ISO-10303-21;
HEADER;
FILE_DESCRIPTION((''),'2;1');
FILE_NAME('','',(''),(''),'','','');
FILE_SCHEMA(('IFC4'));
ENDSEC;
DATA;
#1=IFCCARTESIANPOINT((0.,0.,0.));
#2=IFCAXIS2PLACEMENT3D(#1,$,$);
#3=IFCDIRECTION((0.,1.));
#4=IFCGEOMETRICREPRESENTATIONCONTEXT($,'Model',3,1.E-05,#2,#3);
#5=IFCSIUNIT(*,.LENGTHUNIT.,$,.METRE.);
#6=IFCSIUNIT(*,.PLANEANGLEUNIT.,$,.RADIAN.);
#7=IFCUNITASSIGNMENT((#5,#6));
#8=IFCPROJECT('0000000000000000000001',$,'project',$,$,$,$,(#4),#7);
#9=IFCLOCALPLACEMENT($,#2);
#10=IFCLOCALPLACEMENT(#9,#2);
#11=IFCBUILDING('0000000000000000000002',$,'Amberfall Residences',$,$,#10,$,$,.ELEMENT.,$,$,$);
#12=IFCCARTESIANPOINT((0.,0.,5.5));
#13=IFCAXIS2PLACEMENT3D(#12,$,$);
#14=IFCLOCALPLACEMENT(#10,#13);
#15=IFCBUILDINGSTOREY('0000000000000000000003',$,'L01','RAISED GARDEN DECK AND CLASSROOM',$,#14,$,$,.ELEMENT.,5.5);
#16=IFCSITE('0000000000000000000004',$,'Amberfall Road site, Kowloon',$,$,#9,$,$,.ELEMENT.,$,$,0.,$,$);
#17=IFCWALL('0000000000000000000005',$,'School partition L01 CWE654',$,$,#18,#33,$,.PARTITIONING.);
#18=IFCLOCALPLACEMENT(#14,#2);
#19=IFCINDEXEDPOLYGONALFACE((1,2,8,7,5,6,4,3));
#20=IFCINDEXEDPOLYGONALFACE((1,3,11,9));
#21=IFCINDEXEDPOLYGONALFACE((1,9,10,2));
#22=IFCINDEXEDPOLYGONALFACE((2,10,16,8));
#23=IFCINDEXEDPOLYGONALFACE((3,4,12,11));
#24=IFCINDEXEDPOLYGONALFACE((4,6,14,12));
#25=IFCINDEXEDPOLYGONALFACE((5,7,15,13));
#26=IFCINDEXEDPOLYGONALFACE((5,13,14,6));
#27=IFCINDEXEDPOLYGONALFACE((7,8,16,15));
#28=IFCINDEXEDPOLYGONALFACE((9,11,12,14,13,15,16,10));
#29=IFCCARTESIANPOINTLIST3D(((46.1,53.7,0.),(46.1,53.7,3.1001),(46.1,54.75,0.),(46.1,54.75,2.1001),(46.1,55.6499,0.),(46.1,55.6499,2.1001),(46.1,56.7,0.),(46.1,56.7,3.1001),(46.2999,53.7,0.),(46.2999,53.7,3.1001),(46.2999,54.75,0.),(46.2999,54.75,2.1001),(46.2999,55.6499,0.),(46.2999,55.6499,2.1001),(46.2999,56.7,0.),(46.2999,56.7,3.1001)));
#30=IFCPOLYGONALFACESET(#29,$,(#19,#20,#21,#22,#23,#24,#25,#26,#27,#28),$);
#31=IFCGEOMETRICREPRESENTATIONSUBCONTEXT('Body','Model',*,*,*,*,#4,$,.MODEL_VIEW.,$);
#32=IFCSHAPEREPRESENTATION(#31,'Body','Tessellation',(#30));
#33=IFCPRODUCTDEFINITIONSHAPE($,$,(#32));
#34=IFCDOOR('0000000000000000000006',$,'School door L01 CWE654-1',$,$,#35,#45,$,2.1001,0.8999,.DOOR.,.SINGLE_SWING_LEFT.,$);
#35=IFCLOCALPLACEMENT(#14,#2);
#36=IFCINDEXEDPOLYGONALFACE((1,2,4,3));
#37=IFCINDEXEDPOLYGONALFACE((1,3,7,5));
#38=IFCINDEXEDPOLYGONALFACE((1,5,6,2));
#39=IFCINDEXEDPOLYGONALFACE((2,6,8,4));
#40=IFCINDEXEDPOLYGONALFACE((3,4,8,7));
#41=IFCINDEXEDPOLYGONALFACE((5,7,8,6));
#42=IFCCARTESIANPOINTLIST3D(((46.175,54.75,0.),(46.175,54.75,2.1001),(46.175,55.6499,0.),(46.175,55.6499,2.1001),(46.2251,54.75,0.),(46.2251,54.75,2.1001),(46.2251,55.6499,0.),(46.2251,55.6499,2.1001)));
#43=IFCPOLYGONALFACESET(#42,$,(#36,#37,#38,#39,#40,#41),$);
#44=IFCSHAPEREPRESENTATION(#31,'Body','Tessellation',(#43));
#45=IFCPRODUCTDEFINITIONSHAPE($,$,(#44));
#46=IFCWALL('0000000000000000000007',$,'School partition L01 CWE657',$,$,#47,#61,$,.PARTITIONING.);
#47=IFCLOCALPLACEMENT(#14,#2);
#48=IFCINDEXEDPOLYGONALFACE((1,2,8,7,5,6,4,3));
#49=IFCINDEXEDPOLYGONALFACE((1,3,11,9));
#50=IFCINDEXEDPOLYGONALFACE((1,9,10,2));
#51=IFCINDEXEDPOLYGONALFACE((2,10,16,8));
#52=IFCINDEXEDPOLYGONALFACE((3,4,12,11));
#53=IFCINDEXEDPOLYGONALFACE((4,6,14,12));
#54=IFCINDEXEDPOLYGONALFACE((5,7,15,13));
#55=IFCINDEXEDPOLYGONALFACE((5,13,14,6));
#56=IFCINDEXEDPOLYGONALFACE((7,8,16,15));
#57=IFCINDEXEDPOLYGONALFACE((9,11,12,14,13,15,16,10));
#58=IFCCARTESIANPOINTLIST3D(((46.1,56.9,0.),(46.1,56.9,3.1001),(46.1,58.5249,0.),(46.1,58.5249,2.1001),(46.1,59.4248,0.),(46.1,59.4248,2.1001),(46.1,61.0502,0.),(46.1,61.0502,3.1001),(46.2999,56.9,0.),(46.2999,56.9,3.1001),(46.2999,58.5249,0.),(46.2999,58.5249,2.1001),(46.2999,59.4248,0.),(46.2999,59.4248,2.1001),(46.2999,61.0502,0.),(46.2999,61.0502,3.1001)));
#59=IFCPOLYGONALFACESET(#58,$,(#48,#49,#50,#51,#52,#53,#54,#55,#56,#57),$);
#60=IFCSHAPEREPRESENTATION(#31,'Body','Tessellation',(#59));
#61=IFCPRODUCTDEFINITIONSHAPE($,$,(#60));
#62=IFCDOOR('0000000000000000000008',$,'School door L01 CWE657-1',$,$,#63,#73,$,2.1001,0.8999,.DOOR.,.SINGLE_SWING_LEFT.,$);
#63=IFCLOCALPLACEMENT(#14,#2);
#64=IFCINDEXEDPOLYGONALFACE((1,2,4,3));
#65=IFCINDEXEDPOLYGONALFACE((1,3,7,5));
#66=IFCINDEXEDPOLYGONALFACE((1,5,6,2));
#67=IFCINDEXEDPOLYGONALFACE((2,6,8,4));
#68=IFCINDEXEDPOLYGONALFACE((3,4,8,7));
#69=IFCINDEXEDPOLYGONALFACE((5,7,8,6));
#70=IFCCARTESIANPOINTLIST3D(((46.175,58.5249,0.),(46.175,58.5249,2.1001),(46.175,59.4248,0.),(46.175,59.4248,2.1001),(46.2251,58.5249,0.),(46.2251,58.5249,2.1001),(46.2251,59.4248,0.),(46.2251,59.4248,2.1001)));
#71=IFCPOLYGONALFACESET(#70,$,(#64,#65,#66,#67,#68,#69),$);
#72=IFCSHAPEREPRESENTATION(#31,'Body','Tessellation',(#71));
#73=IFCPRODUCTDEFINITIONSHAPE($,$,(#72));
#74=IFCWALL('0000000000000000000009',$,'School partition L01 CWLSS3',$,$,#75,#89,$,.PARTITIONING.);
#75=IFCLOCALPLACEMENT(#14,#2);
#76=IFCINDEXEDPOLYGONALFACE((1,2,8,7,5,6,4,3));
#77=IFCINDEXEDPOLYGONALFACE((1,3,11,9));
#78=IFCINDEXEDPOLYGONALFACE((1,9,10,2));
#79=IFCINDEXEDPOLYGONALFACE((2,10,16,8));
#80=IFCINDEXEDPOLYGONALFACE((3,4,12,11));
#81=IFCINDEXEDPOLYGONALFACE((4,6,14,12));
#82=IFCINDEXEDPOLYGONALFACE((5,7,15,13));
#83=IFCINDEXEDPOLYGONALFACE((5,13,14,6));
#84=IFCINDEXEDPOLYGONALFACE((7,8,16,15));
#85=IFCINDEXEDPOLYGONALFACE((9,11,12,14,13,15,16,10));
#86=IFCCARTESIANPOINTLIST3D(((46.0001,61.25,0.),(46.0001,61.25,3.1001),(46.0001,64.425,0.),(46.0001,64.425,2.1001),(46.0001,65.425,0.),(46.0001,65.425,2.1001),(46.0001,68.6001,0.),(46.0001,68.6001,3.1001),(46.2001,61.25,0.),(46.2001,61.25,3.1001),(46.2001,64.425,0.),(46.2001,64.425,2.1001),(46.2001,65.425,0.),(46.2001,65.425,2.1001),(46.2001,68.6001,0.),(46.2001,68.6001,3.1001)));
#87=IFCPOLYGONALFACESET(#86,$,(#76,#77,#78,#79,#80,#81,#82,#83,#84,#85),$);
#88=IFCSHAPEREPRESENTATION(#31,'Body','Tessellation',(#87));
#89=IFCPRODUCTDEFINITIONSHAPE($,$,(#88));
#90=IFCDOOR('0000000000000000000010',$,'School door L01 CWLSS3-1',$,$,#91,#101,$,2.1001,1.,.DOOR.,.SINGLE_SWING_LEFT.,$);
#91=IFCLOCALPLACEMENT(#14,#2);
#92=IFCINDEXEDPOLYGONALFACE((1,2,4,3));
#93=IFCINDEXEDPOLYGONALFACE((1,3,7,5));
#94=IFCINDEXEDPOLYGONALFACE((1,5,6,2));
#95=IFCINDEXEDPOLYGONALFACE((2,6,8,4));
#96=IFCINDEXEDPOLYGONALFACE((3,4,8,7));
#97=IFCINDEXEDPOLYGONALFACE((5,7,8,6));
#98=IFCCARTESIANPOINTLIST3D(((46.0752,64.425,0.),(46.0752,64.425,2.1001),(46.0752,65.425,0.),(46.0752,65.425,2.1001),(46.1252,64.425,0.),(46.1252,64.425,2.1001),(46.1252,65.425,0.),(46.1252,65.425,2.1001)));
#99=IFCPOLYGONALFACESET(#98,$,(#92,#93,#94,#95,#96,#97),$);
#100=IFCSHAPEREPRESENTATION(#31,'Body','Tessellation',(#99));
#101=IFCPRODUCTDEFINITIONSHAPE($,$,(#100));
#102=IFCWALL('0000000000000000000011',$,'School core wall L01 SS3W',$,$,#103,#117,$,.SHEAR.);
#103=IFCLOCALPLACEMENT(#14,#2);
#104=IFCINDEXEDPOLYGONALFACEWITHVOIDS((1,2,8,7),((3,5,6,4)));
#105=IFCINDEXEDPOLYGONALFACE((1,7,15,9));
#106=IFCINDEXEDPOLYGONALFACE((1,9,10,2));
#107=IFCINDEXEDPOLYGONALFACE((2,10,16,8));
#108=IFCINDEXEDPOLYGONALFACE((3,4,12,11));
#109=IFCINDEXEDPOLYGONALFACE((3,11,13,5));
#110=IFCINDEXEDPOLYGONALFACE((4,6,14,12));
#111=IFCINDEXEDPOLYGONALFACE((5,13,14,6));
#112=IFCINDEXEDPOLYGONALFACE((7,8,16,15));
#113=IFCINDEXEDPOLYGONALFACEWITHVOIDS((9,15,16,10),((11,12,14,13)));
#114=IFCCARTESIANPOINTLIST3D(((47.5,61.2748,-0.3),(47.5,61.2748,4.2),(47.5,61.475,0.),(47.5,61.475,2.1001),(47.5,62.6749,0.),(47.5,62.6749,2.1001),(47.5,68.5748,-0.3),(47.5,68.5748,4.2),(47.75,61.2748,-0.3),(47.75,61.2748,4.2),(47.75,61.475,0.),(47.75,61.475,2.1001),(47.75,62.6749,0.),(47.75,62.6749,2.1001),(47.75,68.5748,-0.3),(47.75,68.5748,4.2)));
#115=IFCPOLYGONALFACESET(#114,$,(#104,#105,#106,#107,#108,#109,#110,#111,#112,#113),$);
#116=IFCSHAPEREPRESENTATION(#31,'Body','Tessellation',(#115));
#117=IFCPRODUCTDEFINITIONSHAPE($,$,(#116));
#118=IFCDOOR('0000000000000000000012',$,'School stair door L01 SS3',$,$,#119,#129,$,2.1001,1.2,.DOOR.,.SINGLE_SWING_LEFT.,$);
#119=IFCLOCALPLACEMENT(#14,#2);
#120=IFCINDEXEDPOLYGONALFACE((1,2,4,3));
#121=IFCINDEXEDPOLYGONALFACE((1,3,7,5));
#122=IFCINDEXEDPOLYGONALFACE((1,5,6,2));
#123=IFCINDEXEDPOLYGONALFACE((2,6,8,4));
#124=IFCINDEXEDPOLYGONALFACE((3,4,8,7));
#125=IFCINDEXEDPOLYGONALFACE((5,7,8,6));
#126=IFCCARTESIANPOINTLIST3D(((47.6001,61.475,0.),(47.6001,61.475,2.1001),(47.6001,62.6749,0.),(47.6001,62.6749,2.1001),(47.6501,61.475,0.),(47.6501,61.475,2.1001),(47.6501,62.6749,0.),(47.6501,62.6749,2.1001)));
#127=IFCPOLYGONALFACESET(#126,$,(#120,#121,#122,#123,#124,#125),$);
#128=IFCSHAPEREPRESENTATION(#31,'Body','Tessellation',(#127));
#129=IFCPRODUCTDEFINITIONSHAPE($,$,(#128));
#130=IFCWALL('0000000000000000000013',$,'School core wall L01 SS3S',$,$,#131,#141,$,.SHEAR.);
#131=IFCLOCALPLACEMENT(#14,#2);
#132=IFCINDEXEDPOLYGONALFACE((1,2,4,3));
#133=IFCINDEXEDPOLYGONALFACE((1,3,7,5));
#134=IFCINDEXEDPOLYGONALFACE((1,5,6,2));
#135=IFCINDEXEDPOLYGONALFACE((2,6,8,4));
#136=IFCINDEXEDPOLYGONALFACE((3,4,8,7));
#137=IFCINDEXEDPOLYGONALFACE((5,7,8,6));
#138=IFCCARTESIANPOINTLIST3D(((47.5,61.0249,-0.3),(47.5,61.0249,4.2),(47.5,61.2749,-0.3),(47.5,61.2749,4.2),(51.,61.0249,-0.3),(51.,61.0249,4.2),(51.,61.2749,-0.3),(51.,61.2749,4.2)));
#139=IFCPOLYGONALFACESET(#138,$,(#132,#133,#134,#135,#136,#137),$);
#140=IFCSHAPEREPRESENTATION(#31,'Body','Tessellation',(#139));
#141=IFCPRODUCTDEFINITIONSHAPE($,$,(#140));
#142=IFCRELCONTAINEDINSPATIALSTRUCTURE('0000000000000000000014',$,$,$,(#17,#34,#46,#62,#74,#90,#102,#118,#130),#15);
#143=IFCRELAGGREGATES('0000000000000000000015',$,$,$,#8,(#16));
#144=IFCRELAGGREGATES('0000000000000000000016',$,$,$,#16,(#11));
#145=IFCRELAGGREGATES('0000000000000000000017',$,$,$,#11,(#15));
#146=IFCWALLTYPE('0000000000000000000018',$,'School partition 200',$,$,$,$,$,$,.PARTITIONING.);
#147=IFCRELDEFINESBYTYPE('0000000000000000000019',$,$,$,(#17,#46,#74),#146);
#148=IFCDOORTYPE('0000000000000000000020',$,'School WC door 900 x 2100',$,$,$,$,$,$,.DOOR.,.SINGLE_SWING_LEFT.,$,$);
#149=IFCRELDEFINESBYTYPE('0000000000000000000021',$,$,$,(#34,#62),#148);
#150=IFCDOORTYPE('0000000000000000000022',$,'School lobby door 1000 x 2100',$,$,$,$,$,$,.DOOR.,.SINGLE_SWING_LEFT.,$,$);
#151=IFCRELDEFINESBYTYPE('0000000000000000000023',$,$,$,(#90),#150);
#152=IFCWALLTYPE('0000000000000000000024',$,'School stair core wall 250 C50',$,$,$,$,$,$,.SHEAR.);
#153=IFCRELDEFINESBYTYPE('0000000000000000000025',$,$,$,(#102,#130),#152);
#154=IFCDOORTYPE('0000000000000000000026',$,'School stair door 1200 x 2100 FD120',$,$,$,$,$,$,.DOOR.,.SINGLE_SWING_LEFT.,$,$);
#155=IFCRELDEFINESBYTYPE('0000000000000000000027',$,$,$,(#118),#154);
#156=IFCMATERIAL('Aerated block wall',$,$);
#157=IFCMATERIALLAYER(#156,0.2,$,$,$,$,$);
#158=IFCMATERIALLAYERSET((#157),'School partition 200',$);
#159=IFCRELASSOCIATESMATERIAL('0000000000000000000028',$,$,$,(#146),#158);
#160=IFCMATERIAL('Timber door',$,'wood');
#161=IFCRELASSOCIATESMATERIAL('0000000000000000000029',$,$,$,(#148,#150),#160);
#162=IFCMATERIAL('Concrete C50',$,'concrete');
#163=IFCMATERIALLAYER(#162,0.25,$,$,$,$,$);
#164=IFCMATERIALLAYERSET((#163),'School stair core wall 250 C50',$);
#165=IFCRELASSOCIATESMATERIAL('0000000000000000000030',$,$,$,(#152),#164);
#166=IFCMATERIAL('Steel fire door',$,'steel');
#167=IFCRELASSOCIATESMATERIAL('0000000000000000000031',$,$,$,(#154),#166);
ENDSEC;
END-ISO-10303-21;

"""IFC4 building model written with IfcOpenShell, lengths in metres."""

from ifc_helpers import new_model, si_unit, direction, frame, frame_2d, origin, place, context, subcontext, project, spatial, rectangle, extrude, material, layer, layer_set, type_object, element, fill, save


model = new_model("IFC4")

# Units and contexts
model_context = context("Model", 3, precision=1e-05, world=origin(), true_north=direction((0.0, 1.0)))
body_context = subcontext(model_context, "Body", "Model", "MODEL_VIEW")
ifc_project = project(units=[si_unit("LENGTHUNIT", "METRE"), si_unit("PLANEANGLEUNIT", "RADIAN")], contexts=[model_context])

# Site, building, storey
site_placement = place(None, origin())
site = spatial("IfcSite", under=ifc_project, at=site_placement, Name="Amberfall Road site, Kowloon", CompositionType="ELEMENT", RefElevation=0.0)
building_placement = place(site_placement, origin())
building = spatial("IfcBuilding", under=site, at=building_placement, Name="Amberfall Residences", CompositionType="ELEMENT")
storey_placement = place(building_placement, frame((0.0, 0.0, 5.5)))
storey = spatial("IfcBuildingStorey", under=building, at=storey_placement, Name="L01", Description="RAISED GARDEN DECK AND CLASSROOM", CompositionType="ELEMENT", Elevation=5.5)

# Walls, openings, doors
ifc_material_1 = material(Name="Aerated block wall")
ifc_layer_1 = layer(ifc_material_1, 0.2)
ifc_layer_set_1 = layer_set([ifc_layer_1], Name="School partition 200")
wall_type_1 = type_object("IfcWallType", Name="School partition 200", PredefinedType="PARTITIONING", material=ifc_layer_set_1)
wall_1_placement = place(storey_placement, frame((46.2, 53.7, 0.0), z_axis=(0.0, 0.0, 1.0), x_axis=(0.0, 1.0, 0.0)))
wall_1 = element("IfcWall", 1, at=wall_1_placement, inside=storey, type_object=wall_type_1, Name="School partition L01 CWE654", PredefinedType="PARTITIONING", context=body_context, shape_type="SweptSolid", body=[
    extrude(rectangle(XDim=3.0, YDim=0.2, at=frame_2d((1.5, 0.0))), origin(), (0.0, 0.0, 1.0), 3.1001),
])
opening_1_placement = place(wall_1_placement, frame((1.05, 0.0, 0.0)))
opening_1 = element("IfcOpeningElement", 2, at=opening_1_placement, cuts=wall_1, PredefinedType="OPENING", context=body_context, shape_type="SweptSolid", body=[
    extrude(rectangle(XDim=0.8999, YDim=2.1001, at=frame_2d((0.45, 1.05))), frame((0.0, 0.1099, 0.0), z_axis=(0.0, -1.0, 0.0), x_axis=(1.0, 0.0, 0.0)), (0.0, 0.0, 1.0), 0.22),
])
ifc_material_2 = material(Name="Timber door", Category="wood")
door_type_1 = type_object("IfcDoorType", Name="School WC door 900 x 2100", OperationType="SINGLE_SWING_LEFT", PredefinedType="DOOR", material=ifc_material_2)
door_1_placement = place(opening_1_placement, origin())
door_1 = element("IfcDoor", 3, at=door_1_placement, inside=storey, type_object=door_type_1, Name="School door L01 CWE654-1", OperationType="SINGLE_SWING_LEFT", OverallHeight=2.1001, OverallWidth=0.8999, PredefinedType="DOOR", context=body_context, shape_type="SweptSolid", body=[
    extrude(rectangle(XDim=0.8999, YDim=2.1001, at=frame_2d((0.45, 1.05))), frame((0.0, 0.0249, 0.0), z_axis=(0.0, -1.0, 0.0), x_axis=(1.0, 0.0, 0.0)), (0.0, 0.0, 1.0), 0.05),
])
fill(opening_1, door_1)
wall_2_placement = place(storey_placement, frame((46.2, 56.8999, 0.0), z_axis=(0.0, 0.0, 1.0), x_axis=(0.0, 1.0, 0.0)))
wall_2 = element("IfcWall", 4, at=wall_2_placement, inside=storey, type_object=wall_type_1, Name="School partition L01 CWE657", PredefinedType="PARTITIONING", context=body_context, shape_type="SweptSolid", body=[
    extrude(rectangle(XDim=4.1501, YDim=0.2, at=frame_2d((2.0752, 0.0))), origin(), (0.0, 0.0, 1.0), 3.1001),
])
opening_2_placement = place(wall_2_placement, frame((1.625, 0.0, 0.0)))
opening_2 = element("IfcOpeningElement", 5, at=opening_2_placement, cuts=wall_2, PredefinedType="OPENING", context=body_context, shape_type="SweptSolid", body=[
    extrude(rectangle(XDim=0.8999, YDim=2.1001, at=frame_2d((0.45, 1.05))), frame((0.0, 0.1099, 0.0), z_axis=(0.0, -1.0, 0.0), x_axis=(1.0, 0.0, 0.0)), (0.0, 0.0, 1.0), 0.22),
])
door_2_placement = place(opening_2_placement, origin())
door_2 = element("IfcDoor", 6, at=door_2_placement, inside=storey, type_object=door_type_1, Name="School door L01 CWE657-1", OperationType="SINGLE_SWING_LEFT", OverallHeight=2.1001, OverallWidth=0.8999, PredefinedType="DOOR", context=body_context, shape_type="SweptSolid", body=[
    extrude(rectangle(XDim=0.8999, YDim=2.1001, at=frame_2d((0.45, 1.05))), frame((0.0, 0.0249, 0.0), z_axis=(0.0, -1.0, 0.0), x_axis=(1.0, 0.0, 0.0)), (0.0, 0.0, 1.0), 0.05),
])
fill(opening_2, door_2)
wall_3_placement = place(storey_placement, frame((46.1001, 61.25, 0.0), z_axis=(0.0, 0.0, 1.0), x_axis=(0.0, 1.0, 0.0)))
wall_3 = element("IfcWall", 7, at=wall_3_placement, inside=storey, type_object=wall_type_1, Name="School partition L01 CWLSS3", PredefinedType="PARTITIONING", context=body_context, shape_type="SweptSolid", body=[
    extrude(rectangle(XDim=7.3501, YDim=0.2, at=frame_2d((3.675, 0.0))), origin(), (0.0, 0.0, 1.0), 3.1001),
])
opening_3_placement = place(wall_3_placement, frame((3.175, 0.0, 0.0)))
opening_3 = element("IfcOpeningElement", 8, at=opening_3_placement, cuts=wall_3, PredefinedType="OPENING", context=body_context, shape_type="SweptSolid", body=[
    extrude(rectangle(XDim=1.0, YDim=2.1001, at=frame_2d((0.5, 1.05))), frame((0.0, 0.1099, 0.0), z_axis=(0.0, -1.0, 0.0), x_axis=(1.0, 0.0, 0.0)), (0.0, 0.0, 1.0), 0.22),
])
door_type_2 = type_object("IfcDoorType", Name="School lobby door 1000 x 2100", OperationType="SINGLE_SWING_LEFT", PredefinedType="DOOR", material=ifc_material_2)
door_3_placement = place(opening_3_placement, origin())
door_3 = element("IfcDoor", 9, at=door_3_placement, inside=storey, type_object=door_type_2, Name="School door L01 CWLSS3-1", OperationType="SINGLE_SWING_LEFT", OverallHeight=2.1001, OverallWidth=1.0, PredefinedType="DOOR", context=body_context, shape_type="SweptSolid", body=[
    extrude(rectangle(XDim=1.0, YDim=2.1001, at=frame_2d((0.5, 1.05))), frame((0.0, 0.0249, 0.0), z_axis=(0.0, -1.0, 0.0), x_axis=(1.0, 0.0, 0.0)), (0.0, 0.0, 1.0), 0.05),
])
fill(opening_3, door_3)
ifc_material_3 = material(Name="Concrete C50", Category="concrete")
ifc_layer_2 = layer(ifc_material_3, 0.25)
ifc_layer_set_2 = layer_set([ifc_layer_2], Name="School stair core wall 250 C50")
wall_type_2 = type_object("IfcWallType", Name="School stair core wall 250 C50", PredefinedType="SHEAR", material=ifc_layer_set_2)
wall_4_placement = place(storey_placement, frame((47.625, 61.2749, -0.3), z_axis=(0.0, 0.0, 1.0), x_axis=(0.0, 1.0, 0.0)))
wall_4 = element("IfcWall", 10, at=wall_4_placement, inside=storey, type_object=wall_type_2, Name="School core wall L01 SS3W", PredefinedType="SHEAR", context=body_context, shape_type="SweptSolid", body=[
    extrude(rectangle(XDim=7.3, YDim=0.25, at=frame_2d((3.6499, 0.0))), origin(), (0.0, 0.0, 1.0), 4.5),
])
opening_4_placement = place(wall_4_placement, frame((0.2, 0.0, 0.3)))
opening_4 = element("IfcOpeningElement", 11, at=opening_4_placement, cuts=wall_4, PredefinedType="OPENING", context=body_context, shape_type="SweptSolid", body=[
    extrude(rectangle(XDim=1.2, YDim=2.1001, at=frame_2d((0.6001, 1.05))), frame((0.0, 0.135, 0.0), z_axis=(0.0, -1.0, 0.0), x_axis=(1.0, 0.0, 0.0)), (0.0, 0.0, 1.0), 0.27),
])
ifc_material_4 = material(Name="Steel fire door", Category="steel")
door_type_3 = type_object("IfcDoorType", Name="School stair door 1200 x 2100 FD120", OperationType="SINGLE_SWING_LEFT", PredefinedType="DOOR", material=ifc_material_4)
door_4_placement = place(opening_4_placement, origin())
door_4 = element("IfcDoor", 12, at=door_4_placement, inside=storey, type_object=door_type_3, Name="School stair door L01 SS3", OperationType="SINGLE_SWING_LEFT", OverallHeight=2.1001, OverallWidth=1.2, PredefinedType="DOOR", context=body_context, shape_type="SweptSolid", body=[
    extrude(rectangle(XDim=1.2, YDim=2.1001, at=frame_2d((0.6001, 1.05))), frame((0.0, 0.0249, 0.0), z_axis=(0.0, -1.0, 0.0), x_axis=(1.0, 0.0, 0.0)), (0.0, 0.0, 1.0), 0.05),
])
fill(opening_4, door_4)

# Wall
wall_5_placement = place(storey_placement, frame((47.5, 61.1499, -0.3), z_axis=(0.0, 0.0, 1.0), x_axis=(1.0, 0.0, 0.0)))
element("IfcWall", 13, at=wall_5_placement, inside=storey, type_object=wall_type_2, Name="School core wall L01 SS3S", PredefinedType="SHEAR", context=body_context, shape_type="SweptSolid", body=[
    extrude(rectangle(XDim=3.5, YDim=0.25, at=frame_2d((1.75, 0.0))), origin(), (0.0, 0.0, 1.0), 4.5),
])

save(model, "model.ifc")
